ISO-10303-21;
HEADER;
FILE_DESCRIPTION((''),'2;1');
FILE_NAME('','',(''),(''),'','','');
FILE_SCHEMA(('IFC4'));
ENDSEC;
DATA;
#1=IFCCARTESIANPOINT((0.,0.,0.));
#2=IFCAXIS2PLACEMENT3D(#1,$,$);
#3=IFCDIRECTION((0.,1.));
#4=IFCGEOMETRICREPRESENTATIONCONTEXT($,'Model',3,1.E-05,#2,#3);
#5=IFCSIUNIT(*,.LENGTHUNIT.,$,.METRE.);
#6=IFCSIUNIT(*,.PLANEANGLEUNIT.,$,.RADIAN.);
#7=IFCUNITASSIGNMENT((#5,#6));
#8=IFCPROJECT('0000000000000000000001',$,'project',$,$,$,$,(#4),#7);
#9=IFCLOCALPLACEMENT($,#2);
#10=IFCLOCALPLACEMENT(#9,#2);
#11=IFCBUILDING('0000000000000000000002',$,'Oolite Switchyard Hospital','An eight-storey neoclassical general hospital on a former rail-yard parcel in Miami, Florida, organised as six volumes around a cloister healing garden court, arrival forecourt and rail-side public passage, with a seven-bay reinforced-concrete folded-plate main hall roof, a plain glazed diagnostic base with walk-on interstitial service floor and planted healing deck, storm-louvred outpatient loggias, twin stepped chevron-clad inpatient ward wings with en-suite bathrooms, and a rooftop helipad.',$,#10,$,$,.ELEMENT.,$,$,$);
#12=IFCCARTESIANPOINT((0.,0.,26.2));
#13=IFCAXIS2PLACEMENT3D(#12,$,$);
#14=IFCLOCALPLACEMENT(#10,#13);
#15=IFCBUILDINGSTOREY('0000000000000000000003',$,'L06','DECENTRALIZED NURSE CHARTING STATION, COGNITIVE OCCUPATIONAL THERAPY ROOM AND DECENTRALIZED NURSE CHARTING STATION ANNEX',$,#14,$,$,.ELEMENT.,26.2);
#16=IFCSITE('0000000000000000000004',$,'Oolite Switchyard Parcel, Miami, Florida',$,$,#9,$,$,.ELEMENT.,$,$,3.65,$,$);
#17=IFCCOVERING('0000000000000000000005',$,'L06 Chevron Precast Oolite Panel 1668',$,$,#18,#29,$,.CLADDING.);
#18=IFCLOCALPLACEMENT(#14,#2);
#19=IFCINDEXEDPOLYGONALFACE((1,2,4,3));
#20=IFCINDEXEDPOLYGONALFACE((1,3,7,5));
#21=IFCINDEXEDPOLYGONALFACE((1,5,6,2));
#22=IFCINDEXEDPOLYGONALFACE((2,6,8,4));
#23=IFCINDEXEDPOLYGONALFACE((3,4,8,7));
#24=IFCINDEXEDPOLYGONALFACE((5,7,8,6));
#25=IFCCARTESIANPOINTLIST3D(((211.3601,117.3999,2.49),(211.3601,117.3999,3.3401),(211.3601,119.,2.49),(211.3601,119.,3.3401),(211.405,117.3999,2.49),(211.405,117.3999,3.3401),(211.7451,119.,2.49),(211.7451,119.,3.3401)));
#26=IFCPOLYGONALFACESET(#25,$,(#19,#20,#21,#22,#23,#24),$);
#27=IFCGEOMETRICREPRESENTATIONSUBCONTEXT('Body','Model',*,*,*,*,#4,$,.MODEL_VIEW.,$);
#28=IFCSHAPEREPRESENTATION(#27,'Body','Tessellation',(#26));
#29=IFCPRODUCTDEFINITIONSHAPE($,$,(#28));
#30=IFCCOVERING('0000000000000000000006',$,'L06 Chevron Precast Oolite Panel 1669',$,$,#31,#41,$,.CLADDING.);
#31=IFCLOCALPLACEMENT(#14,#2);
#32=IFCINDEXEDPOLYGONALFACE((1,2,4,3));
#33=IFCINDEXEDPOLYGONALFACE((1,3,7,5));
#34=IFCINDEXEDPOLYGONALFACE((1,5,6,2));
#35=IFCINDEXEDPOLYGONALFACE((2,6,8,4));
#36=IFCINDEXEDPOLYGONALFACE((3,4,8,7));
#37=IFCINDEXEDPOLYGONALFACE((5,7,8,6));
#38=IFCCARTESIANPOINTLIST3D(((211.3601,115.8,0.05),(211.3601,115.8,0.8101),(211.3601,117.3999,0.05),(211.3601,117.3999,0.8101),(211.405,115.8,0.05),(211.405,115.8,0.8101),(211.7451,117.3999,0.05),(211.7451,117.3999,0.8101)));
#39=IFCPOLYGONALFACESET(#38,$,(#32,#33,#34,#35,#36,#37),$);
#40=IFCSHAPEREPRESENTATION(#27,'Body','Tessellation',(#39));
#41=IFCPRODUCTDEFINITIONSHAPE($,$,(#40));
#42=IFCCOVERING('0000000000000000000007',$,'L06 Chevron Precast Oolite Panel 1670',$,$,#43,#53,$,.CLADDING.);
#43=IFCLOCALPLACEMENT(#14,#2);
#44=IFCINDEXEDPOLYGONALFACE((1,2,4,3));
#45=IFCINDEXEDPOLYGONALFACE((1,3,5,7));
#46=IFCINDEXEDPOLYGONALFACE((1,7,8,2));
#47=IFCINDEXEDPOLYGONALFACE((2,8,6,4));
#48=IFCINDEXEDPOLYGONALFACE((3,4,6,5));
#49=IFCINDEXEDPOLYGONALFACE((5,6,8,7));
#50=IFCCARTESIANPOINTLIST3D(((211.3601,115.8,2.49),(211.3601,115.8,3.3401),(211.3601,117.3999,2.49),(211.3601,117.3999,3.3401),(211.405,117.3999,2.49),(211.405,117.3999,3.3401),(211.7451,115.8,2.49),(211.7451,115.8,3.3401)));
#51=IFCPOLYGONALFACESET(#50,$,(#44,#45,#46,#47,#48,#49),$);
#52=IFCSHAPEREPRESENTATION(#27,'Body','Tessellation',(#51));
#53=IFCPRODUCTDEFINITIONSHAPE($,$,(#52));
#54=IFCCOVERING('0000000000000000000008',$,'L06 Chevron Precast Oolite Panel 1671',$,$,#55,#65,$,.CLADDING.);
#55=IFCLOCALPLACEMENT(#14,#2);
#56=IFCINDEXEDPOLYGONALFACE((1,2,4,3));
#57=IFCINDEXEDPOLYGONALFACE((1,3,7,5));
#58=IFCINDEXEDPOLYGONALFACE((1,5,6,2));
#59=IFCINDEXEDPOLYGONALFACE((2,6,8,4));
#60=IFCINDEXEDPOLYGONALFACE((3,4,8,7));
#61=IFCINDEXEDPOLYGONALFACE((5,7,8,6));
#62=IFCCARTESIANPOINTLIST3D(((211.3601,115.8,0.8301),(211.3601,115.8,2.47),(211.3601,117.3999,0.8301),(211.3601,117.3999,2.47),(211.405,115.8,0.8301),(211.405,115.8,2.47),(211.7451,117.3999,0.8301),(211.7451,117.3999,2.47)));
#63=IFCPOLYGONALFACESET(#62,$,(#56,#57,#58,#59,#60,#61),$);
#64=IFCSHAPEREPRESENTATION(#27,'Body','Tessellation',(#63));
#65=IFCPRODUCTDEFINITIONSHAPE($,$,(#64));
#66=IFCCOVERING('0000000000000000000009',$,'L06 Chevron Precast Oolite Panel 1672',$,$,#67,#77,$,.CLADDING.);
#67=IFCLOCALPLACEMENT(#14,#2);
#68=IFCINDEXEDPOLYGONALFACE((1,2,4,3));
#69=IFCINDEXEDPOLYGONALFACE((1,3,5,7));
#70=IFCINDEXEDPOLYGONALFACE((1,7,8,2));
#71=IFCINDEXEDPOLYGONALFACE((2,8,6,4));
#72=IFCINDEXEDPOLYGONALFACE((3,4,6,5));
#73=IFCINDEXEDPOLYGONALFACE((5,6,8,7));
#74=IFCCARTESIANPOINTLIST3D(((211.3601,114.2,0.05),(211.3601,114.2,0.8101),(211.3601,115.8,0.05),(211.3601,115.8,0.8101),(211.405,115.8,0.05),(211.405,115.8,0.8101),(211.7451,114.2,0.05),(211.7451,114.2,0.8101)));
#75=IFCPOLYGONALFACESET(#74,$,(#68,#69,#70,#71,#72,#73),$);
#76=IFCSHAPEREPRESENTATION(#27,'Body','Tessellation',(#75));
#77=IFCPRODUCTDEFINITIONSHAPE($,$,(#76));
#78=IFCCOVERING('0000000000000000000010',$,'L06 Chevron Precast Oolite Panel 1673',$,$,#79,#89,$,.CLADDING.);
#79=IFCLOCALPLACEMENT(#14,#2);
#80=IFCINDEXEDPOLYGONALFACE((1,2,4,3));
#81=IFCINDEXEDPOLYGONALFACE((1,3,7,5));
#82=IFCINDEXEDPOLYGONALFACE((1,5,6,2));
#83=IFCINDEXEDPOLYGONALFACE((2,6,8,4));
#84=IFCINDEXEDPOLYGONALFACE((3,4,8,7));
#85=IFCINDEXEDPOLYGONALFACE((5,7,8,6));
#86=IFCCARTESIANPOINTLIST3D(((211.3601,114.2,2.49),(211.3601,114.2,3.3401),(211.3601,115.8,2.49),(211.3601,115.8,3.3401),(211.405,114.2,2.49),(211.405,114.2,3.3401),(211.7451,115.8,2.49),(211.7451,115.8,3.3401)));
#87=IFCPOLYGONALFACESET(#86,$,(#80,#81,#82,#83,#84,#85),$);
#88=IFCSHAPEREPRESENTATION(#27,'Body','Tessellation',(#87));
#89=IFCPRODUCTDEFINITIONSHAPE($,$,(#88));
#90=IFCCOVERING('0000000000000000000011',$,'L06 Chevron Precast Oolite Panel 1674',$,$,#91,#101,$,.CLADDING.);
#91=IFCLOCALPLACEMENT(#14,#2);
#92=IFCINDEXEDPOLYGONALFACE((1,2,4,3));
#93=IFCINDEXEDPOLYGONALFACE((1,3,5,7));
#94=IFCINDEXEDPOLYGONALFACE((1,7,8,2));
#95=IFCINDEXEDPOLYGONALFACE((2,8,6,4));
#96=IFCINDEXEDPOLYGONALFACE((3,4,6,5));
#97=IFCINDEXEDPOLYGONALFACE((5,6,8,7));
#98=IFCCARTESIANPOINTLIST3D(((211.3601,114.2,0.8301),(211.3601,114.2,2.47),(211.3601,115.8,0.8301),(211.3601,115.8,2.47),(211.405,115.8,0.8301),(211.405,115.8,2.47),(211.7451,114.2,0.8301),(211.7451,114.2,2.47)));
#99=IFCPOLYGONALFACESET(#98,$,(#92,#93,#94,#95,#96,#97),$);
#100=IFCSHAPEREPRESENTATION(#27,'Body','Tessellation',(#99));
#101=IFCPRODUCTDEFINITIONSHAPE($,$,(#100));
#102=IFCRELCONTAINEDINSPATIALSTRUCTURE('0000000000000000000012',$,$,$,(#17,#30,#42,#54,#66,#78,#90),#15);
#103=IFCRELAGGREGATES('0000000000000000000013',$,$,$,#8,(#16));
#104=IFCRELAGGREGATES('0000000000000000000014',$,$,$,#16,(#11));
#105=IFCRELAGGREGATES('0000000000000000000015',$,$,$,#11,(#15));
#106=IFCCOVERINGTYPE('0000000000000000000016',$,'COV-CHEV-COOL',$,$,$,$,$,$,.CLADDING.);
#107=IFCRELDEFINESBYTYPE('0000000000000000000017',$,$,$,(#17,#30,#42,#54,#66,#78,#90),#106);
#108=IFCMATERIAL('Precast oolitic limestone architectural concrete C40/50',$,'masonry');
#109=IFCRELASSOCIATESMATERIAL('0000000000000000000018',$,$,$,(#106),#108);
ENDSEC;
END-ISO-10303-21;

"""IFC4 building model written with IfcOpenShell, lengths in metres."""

from ifc_helpers import new_model, si_unit, direction, frame, origin, place, context, subcontext, project, spatial, polyline, outline, extrude, material, type_object, element, save


model = new_model("IFC4")

# Units and contexts
model_context = context("Model", 3, precision=1e-05, world=origin(), true_north=direction((0.0, 1.0)))
body_context = subcontext(model_context, "Body", "Model", "MODEL_VIEW")
ifc_project = project(units=[si_unit("LENGTHUNIT", "METRE"), si_unit("PLANEANGLEUNIT", "RADIAN")], contexts=[model_context])

# Site, building, storey
site_placement = place(None, origin())
site = spatial("IfcSite", under=ifc_project, at=site_placement, Name="Oolite Switchyard Parcel, Miami, Florida", CompositionType="ELEMENT", RefElevation=3.65)
building_placement = place(site_placement, origin())
building = spatial("IfcBuilding", under=site, at=building_placement, Name="Oolite Switchyard Hospital", Description="An eight-storey neoclassical general hospital on a former rail-yard parcel in Miami, Florida, organised as six volumes around a cloister healing garden court, arrival forecourt and rail-side public passage, with a seven-bay reinforced-concrete folded-plate main hall roof, a plain glazed diagnostic base with walk-on interstitial service floor and planted healing deck, storm-louvred outpatient loggias, twin stepped chevron-clad inpatient ward wings with en-suite bathrooms, and a rooftop helipad.", CompositionType="ELEMENT")
storey_placement = place(building_placement, frame((0.0, 0.0, 26.2)))
storey = spatial("IfcBuildingStorey", under=building, at=storey_placement, Name="L06", Description="DECENTRALIZED NURSE CHARTING STATION, COGNITIVE OCCUPATIONAL THERAPY ROOM AND DECENTRALIZED NURSE CHARTING STATION ANNEX", CompositionType="ELEMENT", Elevation=26.2)

# Coverings
ifc_material_1 = material(Name="Precast oolitic limestone architectural concrete C40/50", Category="masonry")
covering_type = type_object("IfcCoveringType", Name="COV-CHEV-COOL", PredefinedType="CLADDING", material=ifc_material_1)
covering_1_placement = place(storey_placement, frame((211.3601, 119.0, 2.49), z_axis=(0.0, 0.0, 1.0), x_axis=(0.0, -1.0, 0.0)))
element("IfcCovering", 1, at=covering_1_placement, inside=storey, type_object=covering_type, Name="L06 Chevron Precast Oolite Panel 1668", PredefinedType="CLADDING", context=body_context, shape_type="SweptSolid", body=[
    extrude(outline(polyline([(0.0, 0.0), (1.6001, 0.0), (1.6001, 0.0449), (0.0, 0.385), (0.0, 0.0)])), origin(), (0.0, 0.0, 1.0), 0.8501),
])
covering_2_placement = place(storey_placement, frame((211.3601, 117.3999, 0.05), z_axis=(0.0, 0.0, 1.0), x_axis=(0.0, -1.0, 0.0)))
element("IfcCovering", 2, at=covering_2_placement, inside=storey, type_object=covering_type, Name="L06 Chevron Precast Oolite Panel 1669", PredefinedType="CLADDING", context=body_context, shape_type="SweptSolid", body=[
    extrude(outline(polyline([(0.0, 0.0), (1.5999, 0.0), (1.5999, 0.0449), (0.0, 0.385), (0.0, 0.0)])), origin(), (0.0, 0.0, 1.0), 0.76),
])
covering_3_placement = place(storey_placement, frame((211.3601, 117.3999, 2.49), z_axis=(0.0, 0.0, 1.0), x_axis=(0.0, -1.0, 0.0)))
element("IfcCovering", 3, at=covering_3_placement, inside=storey, type_object=covering_type, Name="L06 Chevron Precast Oolite Panel 1670", PredefinedType="CLADDING", context=body_context, shape_type="SweptSolid", body=[
    extrude(outline(polyline([(0.0, 0.0), (1.5999, 0.0), (1.5999, 0.385), (0.0, 0.0449), (0.0, 0.0)])), origin(), (0.0, 0.0, 1.0), 0.8501),
])
covering_4_placement = place(storey_placement, frame((211.3601, 117.3999, 0.8301), z_axis=(0.0, 0.0, 1.0), x_axis=(0.0, -1.0, 0.0)))
element("IfcCovering", 4, at=covering_4_placement, inside=storey, type_object=covering_type, Name="L06 Chevron Precast Oolite Panel 1671", PredefinedType="CLADDING", context=body_context, shape_type="SweptSolid", body=[
    extrude(outline(polyline([(0.0, 0.0), (1.5999, 0.0), (1.5999, 0.0449), (0.0, 0.385), (0.0, 0.0)])), origin(), (0.0, 0.0, 1.0), 1.6399),
])
covering_5_placement = place(storey_placement, frame((211.3601, 115.8, 0.05), z_axis=(0.0, 0.0, 1.0), x_axis=(0.0, -1.0, 0.0)))
element("IfcCovering", 5, at=covering_5_placement, inside=storey, type_object=covering_type, Name="L06 Chevron Precast Oolite Panel 1672", PredefinedType="CLADDING", context=body_context, shape_type="SweptSolid", body=[
    extrude(outline(polyline([(0.0, 0.0), (1.6001, 0.0), (1.6001, 0.385), (0.0, 0.0449), (0.0, 0.0)])), origin(), (0.0, 0.0, 1.0), 0.76),
])
covering_6_placement = place(storey_placement, frame((211.3601, 115.8, 2.49), z_axis=(0.0, 0.0, 1.0), x_axis=(0.0, -1.0, 0.0)))
element("IfcCovering", 6, at=covering_6_placement, inside=storey, type_object=covering_type, Name="L06 Chevron Precast Oolite Panel 1673", PredefinedType="CLADDING", context=body_context, shape_type="SweptSolid", body=[
    extrude(outline(polyline([(0.0, 0.0), (1.6001, 0.0), (1.6001, 0.0449), (0.0, 0.385), (0.0, 0.0)])), origin(), (0.0, 0.0, 1.0), 0.8501),
])
covering_7_placement = place(storey_placement, frame((211.3601, 115.8, 0.8301), z_axis=(0.0, 0.0, 1.0), x_axis=(0.0, -1.0, 0.0)))
element("IfcCovering", 7, at=covering_7_placement, inside=storey, type_object=covering_type, Name="L06 Chevron Precast Oolite Panel 1674", PredefinedType="CLADDING", context=body_context, shape_type="SweptSolid", body=[
    extrude(outline(polyline([(0.0, 0.0), (1.6001, 0.0), (1.6001, 0.385), (0.0, 0.0449), (0.0, 0.0)])), origin(), (0.0, 0.0, 1.0), 1.6399),
])

save(model, "model.ifc")
